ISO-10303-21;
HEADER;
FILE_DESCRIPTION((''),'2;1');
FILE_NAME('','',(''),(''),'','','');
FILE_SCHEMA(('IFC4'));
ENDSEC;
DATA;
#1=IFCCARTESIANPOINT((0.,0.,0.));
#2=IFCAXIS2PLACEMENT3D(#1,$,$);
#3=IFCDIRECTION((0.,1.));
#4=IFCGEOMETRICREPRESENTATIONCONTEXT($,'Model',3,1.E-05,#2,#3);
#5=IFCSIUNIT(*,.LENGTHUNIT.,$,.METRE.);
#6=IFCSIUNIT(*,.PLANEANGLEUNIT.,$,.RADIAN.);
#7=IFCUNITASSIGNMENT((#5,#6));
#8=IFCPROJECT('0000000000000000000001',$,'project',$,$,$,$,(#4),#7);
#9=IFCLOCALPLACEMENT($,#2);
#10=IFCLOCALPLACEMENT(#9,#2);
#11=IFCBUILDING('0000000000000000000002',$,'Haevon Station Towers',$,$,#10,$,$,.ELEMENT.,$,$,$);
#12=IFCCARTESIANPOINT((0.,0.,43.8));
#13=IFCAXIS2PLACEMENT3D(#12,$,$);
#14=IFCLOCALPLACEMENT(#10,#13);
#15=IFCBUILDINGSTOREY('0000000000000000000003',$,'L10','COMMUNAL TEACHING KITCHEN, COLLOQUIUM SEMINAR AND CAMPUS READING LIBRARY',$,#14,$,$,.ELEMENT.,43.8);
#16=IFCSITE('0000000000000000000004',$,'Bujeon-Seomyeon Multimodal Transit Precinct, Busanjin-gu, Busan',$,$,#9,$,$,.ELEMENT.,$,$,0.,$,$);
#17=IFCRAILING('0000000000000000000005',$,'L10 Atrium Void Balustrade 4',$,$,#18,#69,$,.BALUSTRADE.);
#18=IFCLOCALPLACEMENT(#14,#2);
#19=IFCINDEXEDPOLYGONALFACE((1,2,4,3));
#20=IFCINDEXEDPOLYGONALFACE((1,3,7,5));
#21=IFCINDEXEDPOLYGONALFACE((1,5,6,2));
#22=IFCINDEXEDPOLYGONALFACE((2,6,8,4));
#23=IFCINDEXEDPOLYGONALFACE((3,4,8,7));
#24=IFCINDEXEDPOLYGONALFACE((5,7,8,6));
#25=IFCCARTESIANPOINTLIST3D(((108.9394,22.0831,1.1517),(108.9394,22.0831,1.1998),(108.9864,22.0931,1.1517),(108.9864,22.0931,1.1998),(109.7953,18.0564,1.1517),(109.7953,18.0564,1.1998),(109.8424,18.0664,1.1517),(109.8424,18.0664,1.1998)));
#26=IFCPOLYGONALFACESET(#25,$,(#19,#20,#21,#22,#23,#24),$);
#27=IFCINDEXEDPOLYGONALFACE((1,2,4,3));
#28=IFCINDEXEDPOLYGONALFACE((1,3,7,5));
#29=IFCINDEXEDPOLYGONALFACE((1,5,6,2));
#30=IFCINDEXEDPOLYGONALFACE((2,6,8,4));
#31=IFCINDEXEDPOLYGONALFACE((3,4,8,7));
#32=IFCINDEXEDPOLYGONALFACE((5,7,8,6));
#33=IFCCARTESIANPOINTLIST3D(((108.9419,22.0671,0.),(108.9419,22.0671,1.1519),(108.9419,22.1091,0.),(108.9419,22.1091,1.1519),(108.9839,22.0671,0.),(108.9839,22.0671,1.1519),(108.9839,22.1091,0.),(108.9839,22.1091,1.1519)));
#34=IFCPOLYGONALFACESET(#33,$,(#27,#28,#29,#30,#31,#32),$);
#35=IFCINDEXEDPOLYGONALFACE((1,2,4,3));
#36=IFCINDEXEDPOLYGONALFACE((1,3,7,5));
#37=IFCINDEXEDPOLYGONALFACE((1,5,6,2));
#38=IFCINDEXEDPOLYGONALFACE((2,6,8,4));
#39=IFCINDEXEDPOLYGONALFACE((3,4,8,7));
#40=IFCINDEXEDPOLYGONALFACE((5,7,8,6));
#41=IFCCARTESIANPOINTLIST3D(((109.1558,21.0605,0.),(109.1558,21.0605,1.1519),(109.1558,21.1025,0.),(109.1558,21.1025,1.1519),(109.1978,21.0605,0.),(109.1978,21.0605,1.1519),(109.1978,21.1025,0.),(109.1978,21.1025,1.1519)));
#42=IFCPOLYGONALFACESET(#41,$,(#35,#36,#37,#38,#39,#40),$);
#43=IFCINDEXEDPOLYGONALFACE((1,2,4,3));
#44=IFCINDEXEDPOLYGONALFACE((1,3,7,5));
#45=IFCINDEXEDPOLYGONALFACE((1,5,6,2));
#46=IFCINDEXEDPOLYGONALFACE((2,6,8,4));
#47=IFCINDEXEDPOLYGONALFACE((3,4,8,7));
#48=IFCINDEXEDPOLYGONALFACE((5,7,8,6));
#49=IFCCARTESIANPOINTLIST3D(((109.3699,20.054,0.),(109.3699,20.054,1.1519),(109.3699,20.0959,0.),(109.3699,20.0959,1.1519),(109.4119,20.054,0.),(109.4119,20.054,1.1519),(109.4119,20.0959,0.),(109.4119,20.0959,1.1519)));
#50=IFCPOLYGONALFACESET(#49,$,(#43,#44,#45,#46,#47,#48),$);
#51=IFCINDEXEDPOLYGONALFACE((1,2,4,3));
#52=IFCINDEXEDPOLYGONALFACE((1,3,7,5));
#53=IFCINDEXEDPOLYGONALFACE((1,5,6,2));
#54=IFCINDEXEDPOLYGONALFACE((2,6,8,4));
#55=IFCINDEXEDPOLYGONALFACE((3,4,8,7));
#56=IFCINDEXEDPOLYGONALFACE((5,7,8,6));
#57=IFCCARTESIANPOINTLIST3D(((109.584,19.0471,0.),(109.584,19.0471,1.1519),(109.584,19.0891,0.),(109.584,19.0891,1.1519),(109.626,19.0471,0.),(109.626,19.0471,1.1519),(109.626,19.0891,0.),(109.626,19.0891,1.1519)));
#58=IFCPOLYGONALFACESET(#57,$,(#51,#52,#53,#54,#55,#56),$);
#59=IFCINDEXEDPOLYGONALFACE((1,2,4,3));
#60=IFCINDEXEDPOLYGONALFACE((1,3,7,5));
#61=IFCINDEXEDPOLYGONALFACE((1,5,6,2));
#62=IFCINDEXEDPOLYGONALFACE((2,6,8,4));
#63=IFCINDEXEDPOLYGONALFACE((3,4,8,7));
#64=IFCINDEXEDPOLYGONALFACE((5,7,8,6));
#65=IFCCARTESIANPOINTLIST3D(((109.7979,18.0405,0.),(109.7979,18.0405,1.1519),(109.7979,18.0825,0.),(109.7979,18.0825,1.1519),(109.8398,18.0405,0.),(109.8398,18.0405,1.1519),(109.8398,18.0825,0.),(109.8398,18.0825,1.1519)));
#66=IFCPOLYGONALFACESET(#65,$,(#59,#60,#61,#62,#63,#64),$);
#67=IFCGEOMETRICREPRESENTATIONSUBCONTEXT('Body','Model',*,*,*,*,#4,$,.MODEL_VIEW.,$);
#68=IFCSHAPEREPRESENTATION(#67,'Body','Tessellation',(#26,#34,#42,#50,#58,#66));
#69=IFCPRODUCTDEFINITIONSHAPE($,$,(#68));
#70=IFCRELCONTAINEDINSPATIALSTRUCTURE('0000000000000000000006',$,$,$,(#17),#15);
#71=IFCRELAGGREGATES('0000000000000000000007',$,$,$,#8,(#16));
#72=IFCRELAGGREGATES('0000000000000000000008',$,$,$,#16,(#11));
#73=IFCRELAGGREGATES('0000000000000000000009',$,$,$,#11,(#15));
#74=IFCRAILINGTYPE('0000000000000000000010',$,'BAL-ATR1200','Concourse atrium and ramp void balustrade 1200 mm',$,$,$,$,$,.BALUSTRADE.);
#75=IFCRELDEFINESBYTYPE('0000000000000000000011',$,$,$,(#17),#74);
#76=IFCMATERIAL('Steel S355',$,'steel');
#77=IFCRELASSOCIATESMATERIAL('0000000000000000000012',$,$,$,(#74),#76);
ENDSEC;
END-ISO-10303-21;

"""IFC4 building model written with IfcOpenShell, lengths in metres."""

from ifc_helpers import new_model, si_unit, direction, frame, origin, origin_2d, place, context, subcontext, project, spatial, rectangle, extrude, material, type_object, element, save


model = new_model("IFC4")

# Units and contexts
model_context = context("Model", 3, precision=1e-05, world=origin(), true_north=direction((0.0, 1.0)))
body_context = subcontext(model_context, "Body", "Model", "MODEL_VIEW")
ifc_project = project(units=[si_unit("LENGTHUNIT", "METRE"), si_unit("PLANEANGLEUNIT", "RADIAN")], contexts=[model_context])

# Site, building, storey
site_placement = place(None, origin())
site = spatial("IfcSite", under=ifc_project, at=site_placement, Name="Bujeon-Seomyeon Multimodal Transit Precinct, Busanjin-gu, Busan", CompositionType="ELEMENT", RefElevation=0.0)
building_placement = place(site_placement, origin())
building = spatial("IfcBuilding", under=site, at=building_placement, Name="Haevon Station Towers", CompositionType="ELEMENT")
storey_placement = place(building_placement, frame((0.0, 0.0, 43.8)))
storey = spatial("IfcBuildingStorey", under=building, at=storey_placement, Name="L10", Description="COMMUNAL TEACHING KITCHEN, COLLOQUIUM SEMINAR AND CAMPUS READING LIBRARY", CompositionType="ELEMENT", Elevation=43.8)

# Shared definitions
ifc_material_1 = material(Name="Steel S355", Category="steel")

# Railing
railing_type = type_object("IfcRailingType", Name="BAL-ATR1200", Description="Concourse atrium and ramp void balustrade 1200 mm", PredefinedType="BALUSTRADE", material=ifc_material_1)
railing_1_placement = place(storey_placement, frame((108.9629, 22.0881, 0.0)))
element("IfcRailing", 1, at=railing_1_placement, inside=storey, type_object=railing_type, Name="L10 Atrium Void Balustrade 4", PredefinedType="BALUSTRADE", context=body_context, shape_type="SweptSolid", body=[
    extrude(rectangle(XDim=0.0481, YDim=0.0481, at=origin_2d()), frame((0.0, 0.0, 1.1758), z_axis=(0.207929, -0.978144, 0.0), x_axis=(0.978144, 0.207929, 0.0)), (0.0, 0.0, 1.0), 4.1167),
    extrude(rectangle(XDim=0.042, YDim=0.042, at=origin_2d()), origin(), (0.0, 0.0, 1.0), 1.1519),
    extrude(rectangle(XDim=0.042, YDim=0.042, at=origin_2d()), frame((0.2139, -1.0066, 0.0)), (0.0, 0.0, 1.0), 1.1519),
    extrude(rectangle(XDim=0.042, YDim=0.042, at=origin_2d()), frame((0.428, -2.0132, 0.0)), (0.0, 0.0, 1.0), 1.1519),
    extrude(rectangle(XDim=0.042, YDim=0.042, at=origin_2d()), frame((0.6421, -3.02, 0.0)), (0.0, 0.0, 1.0), 1.1519),
    extrude(rectangle(XDim=0.042, YDim=0.042, at=origin_2d()), frame((0.856, -4.0266, 0.0)), (0.0, 0.0, 1.0), 1.1519),
])

save(model, "model.ifc")
